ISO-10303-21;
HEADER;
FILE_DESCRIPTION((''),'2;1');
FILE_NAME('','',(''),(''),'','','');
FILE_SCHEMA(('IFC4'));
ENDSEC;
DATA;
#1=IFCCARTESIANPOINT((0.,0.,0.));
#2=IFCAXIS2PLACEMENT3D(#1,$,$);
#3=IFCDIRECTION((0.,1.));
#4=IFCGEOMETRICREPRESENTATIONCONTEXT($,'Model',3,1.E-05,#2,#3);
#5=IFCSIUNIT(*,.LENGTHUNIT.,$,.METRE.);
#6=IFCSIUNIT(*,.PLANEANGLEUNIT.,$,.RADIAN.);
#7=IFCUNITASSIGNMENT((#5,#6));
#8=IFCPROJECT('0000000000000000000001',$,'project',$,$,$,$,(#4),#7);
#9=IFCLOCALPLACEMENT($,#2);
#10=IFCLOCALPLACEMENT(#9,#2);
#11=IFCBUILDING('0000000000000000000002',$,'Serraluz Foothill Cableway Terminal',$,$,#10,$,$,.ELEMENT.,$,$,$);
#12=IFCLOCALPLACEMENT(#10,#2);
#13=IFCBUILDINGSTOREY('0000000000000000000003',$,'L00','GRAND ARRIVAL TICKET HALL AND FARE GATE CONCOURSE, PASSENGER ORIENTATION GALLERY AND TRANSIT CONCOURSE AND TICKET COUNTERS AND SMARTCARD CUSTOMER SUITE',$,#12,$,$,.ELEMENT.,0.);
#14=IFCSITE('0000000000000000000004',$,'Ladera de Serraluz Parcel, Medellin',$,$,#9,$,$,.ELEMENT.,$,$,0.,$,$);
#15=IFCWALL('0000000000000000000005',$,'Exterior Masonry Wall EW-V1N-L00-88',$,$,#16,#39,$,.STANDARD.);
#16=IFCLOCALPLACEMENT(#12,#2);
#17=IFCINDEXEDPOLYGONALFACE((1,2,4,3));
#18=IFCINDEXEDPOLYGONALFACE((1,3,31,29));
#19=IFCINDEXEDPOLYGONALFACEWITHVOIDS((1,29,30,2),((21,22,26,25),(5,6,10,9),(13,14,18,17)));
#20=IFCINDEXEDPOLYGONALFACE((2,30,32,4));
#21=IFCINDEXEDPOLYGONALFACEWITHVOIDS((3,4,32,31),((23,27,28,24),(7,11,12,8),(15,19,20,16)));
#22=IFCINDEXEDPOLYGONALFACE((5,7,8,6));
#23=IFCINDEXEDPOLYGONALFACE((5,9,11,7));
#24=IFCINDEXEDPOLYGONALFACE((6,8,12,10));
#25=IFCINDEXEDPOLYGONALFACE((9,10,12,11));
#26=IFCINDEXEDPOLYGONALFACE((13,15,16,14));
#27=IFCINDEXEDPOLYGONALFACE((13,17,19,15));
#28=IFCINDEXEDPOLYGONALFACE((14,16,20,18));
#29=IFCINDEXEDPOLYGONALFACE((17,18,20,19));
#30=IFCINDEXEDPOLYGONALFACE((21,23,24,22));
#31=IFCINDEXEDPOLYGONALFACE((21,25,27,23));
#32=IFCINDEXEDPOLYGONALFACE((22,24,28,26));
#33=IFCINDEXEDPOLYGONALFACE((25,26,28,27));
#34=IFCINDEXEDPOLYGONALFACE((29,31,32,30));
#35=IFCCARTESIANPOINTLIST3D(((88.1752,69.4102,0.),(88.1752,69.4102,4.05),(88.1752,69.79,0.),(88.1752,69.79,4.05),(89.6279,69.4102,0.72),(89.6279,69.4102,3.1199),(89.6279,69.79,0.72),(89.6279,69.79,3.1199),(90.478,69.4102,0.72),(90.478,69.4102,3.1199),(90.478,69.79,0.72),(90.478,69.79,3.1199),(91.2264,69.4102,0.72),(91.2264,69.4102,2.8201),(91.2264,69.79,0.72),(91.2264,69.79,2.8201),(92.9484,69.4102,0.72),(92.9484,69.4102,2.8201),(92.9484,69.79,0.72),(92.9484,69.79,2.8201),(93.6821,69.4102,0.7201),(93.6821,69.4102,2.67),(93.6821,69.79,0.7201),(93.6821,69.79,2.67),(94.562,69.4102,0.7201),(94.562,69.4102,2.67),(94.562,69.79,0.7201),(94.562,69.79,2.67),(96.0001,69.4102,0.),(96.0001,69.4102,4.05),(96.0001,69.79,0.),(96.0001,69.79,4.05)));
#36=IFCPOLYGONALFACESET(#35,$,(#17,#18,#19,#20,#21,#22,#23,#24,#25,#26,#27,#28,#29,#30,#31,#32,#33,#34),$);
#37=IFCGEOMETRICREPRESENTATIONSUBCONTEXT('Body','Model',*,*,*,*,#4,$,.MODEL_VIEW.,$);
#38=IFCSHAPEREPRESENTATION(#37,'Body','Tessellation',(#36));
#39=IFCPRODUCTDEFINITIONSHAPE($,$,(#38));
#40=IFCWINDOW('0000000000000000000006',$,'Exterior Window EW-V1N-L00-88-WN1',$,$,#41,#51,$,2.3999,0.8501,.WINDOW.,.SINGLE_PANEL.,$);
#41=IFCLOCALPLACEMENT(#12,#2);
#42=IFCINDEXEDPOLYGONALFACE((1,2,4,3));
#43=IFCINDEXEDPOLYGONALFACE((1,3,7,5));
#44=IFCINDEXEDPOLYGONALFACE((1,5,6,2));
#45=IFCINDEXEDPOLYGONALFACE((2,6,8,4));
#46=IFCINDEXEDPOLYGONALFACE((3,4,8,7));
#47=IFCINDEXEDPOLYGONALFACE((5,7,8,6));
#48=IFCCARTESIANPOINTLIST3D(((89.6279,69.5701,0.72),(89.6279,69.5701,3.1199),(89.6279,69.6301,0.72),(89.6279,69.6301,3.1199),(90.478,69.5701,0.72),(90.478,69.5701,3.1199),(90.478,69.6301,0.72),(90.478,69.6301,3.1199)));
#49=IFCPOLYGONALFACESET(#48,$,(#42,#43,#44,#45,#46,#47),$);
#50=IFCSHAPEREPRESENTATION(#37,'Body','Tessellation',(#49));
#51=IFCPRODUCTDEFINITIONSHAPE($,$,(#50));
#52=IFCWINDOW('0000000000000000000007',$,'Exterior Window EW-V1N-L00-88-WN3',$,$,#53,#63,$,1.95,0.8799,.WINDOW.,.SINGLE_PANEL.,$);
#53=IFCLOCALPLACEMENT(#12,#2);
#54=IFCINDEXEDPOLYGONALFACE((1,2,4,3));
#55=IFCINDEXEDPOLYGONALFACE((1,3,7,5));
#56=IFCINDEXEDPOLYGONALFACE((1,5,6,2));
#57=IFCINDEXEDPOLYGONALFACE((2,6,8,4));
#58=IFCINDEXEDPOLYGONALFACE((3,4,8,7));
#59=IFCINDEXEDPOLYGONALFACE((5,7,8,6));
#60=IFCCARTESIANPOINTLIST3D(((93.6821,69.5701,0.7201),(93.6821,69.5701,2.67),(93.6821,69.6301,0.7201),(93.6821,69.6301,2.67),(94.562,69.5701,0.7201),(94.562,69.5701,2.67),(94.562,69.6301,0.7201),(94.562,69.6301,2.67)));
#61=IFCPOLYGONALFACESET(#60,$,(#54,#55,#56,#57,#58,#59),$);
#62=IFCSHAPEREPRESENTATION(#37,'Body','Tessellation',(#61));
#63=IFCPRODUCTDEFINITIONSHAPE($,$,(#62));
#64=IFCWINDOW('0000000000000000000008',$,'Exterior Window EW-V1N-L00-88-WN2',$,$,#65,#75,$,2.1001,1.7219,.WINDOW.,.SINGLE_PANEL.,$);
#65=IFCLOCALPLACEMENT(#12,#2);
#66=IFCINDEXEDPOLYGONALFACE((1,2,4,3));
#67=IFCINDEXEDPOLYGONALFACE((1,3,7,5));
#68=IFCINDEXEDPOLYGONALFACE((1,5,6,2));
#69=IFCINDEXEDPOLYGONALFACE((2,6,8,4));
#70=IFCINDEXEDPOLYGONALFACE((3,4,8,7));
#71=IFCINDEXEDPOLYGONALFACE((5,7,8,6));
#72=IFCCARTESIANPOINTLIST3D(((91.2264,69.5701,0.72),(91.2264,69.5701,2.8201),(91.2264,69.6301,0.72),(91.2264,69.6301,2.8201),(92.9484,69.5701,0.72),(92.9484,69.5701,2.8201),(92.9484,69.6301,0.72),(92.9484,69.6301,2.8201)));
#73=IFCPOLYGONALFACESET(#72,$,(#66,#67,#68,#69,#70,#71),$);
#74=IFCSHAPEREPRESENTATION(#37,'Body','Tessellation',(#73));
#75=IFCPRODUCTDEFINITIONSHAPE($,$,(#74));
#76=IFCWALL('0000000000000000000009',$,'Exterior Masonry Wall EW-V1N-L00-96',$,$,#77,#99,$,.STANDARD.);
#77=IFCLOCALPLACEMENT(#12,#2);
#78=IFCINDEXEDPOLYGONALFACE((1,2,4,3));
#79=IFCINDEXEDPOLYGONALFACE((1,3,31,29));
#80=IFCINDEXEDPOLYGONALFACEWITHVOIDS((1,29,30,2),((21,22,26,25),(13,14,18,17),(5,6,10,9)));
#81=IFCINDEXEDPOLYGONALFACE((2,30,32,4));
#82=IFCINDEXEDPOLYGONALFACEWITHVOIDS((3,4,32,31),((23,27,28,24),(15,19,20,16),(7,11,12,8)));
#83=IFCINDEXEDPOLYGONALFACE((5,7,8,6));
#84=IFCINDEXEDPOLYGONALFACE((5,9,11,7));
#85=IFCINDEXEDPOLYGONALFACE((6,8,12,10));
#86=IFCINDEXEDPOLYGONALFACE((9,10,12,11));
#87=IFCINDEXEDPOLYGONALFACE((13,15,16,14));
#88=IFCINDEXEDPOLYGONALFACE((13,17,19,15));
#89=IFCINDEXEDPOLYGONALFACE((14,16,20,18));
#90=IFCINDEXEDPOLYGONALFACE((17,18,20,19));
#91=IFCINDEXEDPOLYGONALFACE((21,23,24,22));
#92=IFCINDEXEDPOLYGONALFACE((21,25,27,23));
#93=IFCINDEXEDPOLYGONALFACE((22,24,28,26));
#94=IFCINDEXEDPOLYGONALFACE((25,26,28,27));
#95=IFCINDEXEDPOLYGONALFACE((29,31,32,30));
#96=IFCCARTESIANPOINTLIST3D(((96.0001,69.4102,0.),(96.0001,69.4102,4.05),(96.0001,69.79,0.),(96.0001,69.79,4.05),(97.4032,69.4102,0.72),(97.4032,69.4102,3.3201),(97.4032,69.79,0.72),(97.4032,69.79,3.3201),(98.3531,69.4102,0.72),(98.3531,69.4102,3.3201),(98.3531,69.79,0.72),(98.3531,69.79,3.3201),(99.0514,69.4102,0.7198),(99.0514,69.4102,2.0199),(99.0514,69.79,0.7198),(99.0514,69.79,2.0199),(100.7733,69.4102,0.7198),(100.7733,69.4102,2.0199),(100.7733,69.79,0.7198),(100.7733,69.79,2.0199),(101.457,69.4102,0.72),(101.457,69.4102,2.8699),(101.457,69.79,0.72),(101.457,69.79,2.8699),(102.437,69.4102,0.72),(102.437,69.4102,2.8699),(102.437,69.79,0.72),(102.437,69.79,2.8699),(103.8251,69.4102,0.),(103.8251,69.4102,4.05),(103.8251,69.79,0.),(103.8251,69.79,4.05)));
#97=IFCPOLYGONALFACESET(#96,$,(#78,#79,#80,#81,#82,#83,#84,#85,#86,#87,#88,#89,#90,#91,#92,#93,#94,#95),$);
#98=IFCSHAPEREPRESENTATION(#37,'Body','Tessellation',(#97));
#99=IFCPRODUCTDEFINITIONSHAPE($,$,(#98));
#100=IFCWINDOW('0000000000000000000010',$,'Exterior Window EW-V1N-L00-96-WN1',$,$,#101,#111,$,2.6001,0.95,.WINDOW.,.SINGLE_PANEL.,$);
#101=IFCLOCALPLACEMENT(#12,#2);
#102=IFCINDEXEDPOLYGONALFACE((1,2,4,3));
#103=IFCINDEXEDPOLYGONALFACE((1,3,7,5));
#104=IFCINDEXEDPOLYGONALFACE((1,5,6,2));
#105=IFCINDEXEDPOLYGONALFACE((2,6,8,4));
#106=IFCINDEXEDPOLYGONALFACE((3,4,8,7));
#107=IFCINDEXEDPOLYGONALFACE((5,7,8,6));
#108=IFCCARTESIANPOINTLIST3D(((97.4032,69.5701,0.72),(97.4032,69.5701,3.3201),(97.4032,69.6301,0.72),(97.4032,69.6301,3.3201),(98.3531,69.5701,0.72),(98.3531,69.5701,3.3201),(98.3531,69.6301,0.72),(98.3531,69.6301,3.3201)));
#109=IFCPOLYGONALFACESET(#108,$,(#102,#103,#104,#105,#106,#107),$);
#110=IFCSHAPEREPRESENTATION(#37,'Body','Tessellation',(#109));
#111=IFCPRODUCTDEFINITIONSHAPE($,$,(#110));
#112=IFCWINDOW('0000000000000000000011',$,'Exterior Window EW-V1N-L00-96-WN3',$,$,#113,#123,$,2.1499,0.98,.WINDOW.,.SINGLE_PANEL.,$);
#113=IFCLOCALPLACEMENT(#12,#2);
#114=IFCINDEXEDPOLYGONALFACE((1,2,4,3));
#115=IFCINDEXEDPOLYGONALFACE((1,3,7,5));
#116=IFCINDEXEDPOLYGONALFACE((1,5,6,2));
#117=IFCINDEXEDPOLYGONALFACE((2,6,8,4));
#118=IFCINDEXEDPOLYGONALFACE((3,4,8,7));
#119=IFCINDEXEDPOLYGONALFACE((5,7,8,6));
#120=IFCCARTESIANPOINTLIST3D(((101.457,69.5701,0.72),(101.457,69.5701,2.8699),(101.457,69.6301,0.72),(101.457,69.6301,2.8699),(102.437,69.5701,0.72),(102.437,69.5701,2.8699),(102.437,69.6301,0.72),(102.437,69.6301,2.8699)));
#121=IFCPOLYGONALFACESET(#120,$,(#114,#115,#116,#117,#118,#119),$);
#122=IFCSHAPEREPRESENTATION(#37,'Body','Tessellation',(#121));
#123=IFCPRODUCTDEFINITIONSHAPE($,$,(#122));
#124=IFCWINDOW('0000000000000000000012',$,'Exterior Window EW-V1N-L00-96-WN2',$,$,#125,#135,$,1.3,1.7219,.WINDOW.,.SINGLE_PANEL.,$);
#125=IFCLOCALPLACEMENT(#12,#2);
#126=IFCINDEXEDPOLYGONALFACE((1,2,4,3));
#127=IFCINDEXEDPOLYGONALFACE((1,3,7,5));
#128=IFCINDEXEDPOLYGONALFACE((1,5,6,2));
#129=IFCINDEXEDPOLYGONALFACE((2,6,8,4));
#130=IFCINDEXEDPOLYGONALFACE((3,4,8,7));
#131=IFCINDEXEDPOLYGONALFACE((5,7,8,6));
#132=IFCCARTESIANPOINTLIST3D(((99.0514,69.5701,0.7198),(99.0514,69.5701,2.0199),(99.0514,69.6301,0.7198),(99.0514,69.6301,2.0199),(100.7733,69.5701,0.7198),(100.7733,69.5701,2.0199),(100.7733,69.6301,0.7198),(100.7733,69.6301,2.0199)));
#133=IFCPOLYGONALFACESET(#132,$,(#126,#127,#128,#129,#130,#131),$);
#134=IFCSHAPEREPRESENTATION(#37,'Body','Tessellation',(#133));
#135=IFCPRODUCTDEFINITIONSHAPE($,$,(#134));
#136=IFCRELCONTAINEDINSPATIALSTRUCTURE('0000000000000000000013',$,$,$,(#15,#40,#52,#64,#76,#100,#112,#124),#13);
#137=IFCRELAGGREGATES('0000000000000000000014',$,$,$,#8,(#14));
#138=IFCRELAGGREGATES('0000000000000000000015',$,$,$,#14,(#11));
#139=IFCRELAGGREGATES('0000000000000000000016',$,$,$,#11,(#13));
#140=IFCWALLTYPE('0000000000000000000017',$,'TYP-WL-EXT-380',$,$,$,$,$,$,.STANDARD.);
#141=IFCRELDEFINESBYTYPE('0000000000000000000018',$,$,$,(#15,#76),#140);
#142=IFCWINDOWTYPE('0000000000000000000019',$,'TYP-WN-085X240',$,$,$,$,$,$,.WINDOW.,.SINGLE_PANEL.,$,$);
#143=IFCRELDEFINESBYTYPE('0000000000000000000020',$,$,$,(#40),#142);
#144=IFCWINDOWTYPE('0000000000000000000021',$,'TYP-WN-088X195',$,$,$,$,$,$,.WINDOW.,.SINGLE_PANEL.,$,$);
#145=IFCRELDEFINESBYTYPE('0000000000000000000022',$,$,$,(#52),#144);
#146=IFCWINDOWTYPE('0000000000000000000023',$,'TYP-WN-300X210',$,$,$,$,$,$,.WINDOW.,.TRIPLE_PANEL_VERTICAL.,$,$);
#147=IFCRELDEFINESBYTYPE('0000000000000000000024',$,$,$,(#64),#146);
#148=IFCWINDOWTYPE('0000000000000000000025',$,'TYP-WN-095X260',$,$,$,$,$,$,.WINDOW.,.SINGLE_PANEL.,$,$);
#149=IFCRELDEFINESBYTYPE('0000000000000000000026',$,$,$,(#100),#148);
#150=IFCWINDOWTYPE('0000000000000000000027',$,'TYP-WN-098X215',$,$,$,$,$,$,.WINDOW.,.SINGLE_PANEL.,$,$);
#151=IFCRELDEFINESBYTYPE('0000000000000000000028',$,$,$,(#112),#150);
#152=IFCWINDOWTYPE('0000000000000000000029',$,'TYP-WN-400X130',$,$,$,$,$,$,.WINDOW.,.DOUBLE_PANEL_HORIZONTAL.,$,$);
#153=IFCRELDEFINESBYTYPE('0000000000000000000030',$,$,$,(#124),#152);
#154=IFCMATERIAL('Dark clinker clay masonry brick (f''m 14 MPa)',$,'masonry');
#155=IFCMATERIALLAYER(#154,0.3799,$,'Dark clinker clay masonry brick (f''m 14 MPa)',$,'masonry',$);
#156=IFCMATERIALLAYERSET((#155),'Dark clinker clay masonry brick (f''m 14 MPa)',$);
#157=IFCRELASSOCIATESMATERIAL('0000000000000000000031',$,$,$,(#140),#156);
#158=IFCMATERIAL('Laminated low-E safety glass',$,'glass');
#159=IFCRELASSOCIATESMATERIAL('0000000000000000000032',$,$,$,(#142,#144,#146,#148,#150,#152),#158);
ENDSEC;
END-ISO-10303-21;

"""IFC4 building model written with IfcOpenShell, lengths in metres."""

from ifc_helpers import new_model, si_unit, direction, frame, frame_2d, origin, place, context, subcontext, project, spatial, rectangle, extrude, material, layer, layer_set, type_object, element, fill, save


model = new_model("IFC4")

# Units and contexts
model_context = context("Model", 3, precision=1e-05, world=origin(), true_north=direction((0.0, 1.0)))
body_context = subcontext(model_context, "Body", "Model", "MODEL_VIEW")
ifc_project = project(units=[si_unit("LENGTHUNIT", "METRE"), si_unit("PLANEANGLEUNIT", "RADIAN")], contexts=[model_context])

# Site, building, storey
site_placement = place(None, origin())
site = spatial("IfcSite", under=ifc_project, at=site_placement, Name="Ladera de Serraluz Parcel, Medellin", CompositionType="ELEMENT", RefElevation=0.0)
building_placement = place(site_placement, origin())
building = spatial("IfcBuilding", under=site, at=building_placement, Name="Serraluz Foothill Cableway Terminal", CompositionType="ELEMENT")
storey_placement = place(building_placement, origin())
storey = spatial("IfcBuildingStorey", under=building, at=storey_placement, Name="L00", Description="GRAND ARRIVAL TICKET HALL AND FARE GATE CONCOURSE, PASSENGER ORIENTATION GALLERY AND TRANSIT CONCOURSE AND TICKET COUNTERS AND SMARTCARD CUSTOMER SUITE", CompositionType="ELEMENT", Elevation=0.0)

# Walls, openings, windows
ifc_material_1 = material(Name="Dark clinker clay masonry brick (f'm 14 MPa)", Category="masonry")
ifc_layer_1 = layer(ifc_material_1, 0.3799, Name="Dark clinker clay masonry brick (f'm 14 MPa)", Category="masonry")
ifc_layer_set_1 = layer_set([ifc_layer_1], Name="Dark clinker clay masonry brick (f'm 14 MPa)")
wall_type_1 = type_object("IfcWallType", Name="TYP-WL-EXT-380", PredefinedType="STANDARD", material=ifc_layer_set_1)
wall_1_placement = place(storey_placement, frame((88.175, 69.6001, 0.0), z_axis=(0.0, 0.0, 1.0), x_axis=(1.0, 0.0, 0.0)))
wall_1 = element("IfcWall", 1, at=wall_1_placement, inside=storey, type_object=wall_type_1, Name="Exterior Masonry Wall EW-V1N-L00-88", PredefinedType="STANDARD", context=body_context, shape_type="SweptSolid", body=[
    extrude(rectangle(XDim=7.825, YDim=0.3799, at=frame_2d((3.9126, 0.0))), origin(), (0.0, 0.0, 1.0), 4.05),
])
opening_1_placement = place(wall_1_placement, frame((1.4529, 0.0, 0.72)))
opening_1 = element("IfcOpeningElement", 2, at=opening_1_placement, cuts=wall_1, PredefinedType="OPENING", context=body_context, shape_type="SweptSolid", body=[
    extrude(rectangle(XDim=0.8501, YDim=2.3999, at=frame_2d((0.425, 1.2))), frame((0.0, 0.2, 0.0), z_axis=(0.0, -1.0, 0.0), x_axis=(1.0, 0.0, 0.0)), (0.0, 0.0, 1.0), 0.3999),
])
opening_2_placement = place(wall_1_placement, frame((3.0515, 0.0, 0.72)))
opening_2 = element("IfcOpeningElement", 3, at=opening_2_placement, cuts=wall_1, PredefinedType="OPENING", context=body_context, shape_type="SweptSolid", body=[
    extrude(rectangle(XDim=1.7219, YDim=2.1001, at=frame_2d((0.8608, 1.05))), frame((0.0, 0.2, 0.0), z_axis=(0.0, -1.0, 0.0), x_axis=(1.0, 0.0, 0.0)), (0.0, 0.0, 1.0), 0.3999),
])
opening_3_placement = place(wall_1_placement, frame((5.5071, 0.0, 0.72)))
opening_3 = element("IfcOpeningElement", 4, at=opening_3_placement, cuts=wall_1, PredefinedType="OPENING", context=body_context, shape_type="SweptSolid", body=[
    extrude(rectangle(XDim=0.8799, YDim=1.95, at=frame_2d((0.4399, 0.9751))), frame((0.0, 0.2, 0.0), z_axis=(0.0, -1.0, 0.0), x_axis=(1.0, 0.0, 0.0)), (0.0, 0.0, 1.0), 0.3999),
])
ifc_material_2 = material(Name="Laminated low-E safety glass", Category="glass")
window_type_1 = type_object("IfcWindowType", Name="TYP-WN-085X240", PartitioningType="SINGLE_PANEL", PredefinedType="WINDOW", material=ifc_material_2)
window_1_placement = place(opening_1_placement, origin())
window_1 = element("IfcWindow", 5, at=window_1_placement, inside=storey, type_object=window_type_1, Name="Exterior Window EW-V1N-L00-88-WN1", OverallHeight=2.3999, OverallWidth=0.8501, PartitioningType="SINGLE_PANEL", PredefinedType="WINDOW", context=body_context, shape_type="SweptSolid", body=[
    extrude(rectangle(XDim=0.8501, YDim=2.3999, at=frame_2d((0.425, 1.2))), frame((0.0, 0.03, 0.0), z_axis=(0.0, -1.0, 0.0), x_axis=(1.0, 0.0, 0.0)), (0.0, 0.0, 1.0), 0.0601),
])
fill(opening_1, window_1)
window_type_2 = type_object("IfcWindowType", Name="TYP-WN-088X195", PartitioningType="SINGLE_PANEL", PredefinedType="WINDOW", material=ifc_material_2)
window_2_placement = place(opening_3_placement, origin())
window_2 = element("IfcWindow", 6, at=window_2_placement, inside=storey, type_object=window_type_2, Name="Exterior Window EW-V1N-L00-88-WN3", OverallHeight=1.95, OverallWidth=0.8799, PartitioningType="SINGLE_PANEL", PredefinedType="WINDOW", context=body_context, shape_type="SweptSolid", body=[
    extrude(rectangle(XDim=0.8799, YDim=1.95, at=frame_2d((0.4399, 0.9751))), frame((0.0, 0.03, 0.0), z_axis=(0.0, -1.0, 0.0), x_axis=(1.0, 0.0, 0.0)), (0.0, 0.0, 1.0), 0.0601),
])
fill(opening_3, window_2)
window_type_3 = type_object("IfcWindowType", Name="TYP-WN-300X210", PartitioningType="TRIPLE_PANEL_VERTICAL", PredefinedType="WINDOW", material=ifc_material_2)
window_3_placement = place(opening_2_placement, origin())
window_3 = element("IfcWindow", 7, at=window_3_placement, inside=storey, type_object=window_type_3, Name="Exterior Window EW-V1N-L00-88-WN2", OverallHeight=2.1001, OverallWidth=1.7219, PartitioningType="SINGLE_PANEL", PredefinedType="WINDOW", context=body_context, shape_type="SweptSolid", body=[
    extrude(rectangle(XDim=1.7219, YDim=2.1001, at=frame_2d((0.8608, 1.05))), frame((0.0, 0.03, 0.0), z_axis=(0.0, -1.0, 0.0), x_axis=(1.0, 0.0, 0.0)), (0.0, 0.0, 1.0), 0.0601),
])
fill(opening_2, window_3)
wall_2_placement = place(storey_placement, frame((96.0, 69.6001, 0.0), z_axis=(0.0, 0.0, 1.0), x_axis=(1.0, 0.0, 0.0)))
wall_2 = element("IfcWall", 8, at=wall_2_placement, inside=storey, type_object=wall_type_1, Name="Exterior Masonry Wall EW-V1N-L00-96", PredefinedType="STANDARD", context=body_context, shape_type="SweptSolid", body=[
    extrude(rectangle(XDim=7.825, YDim=0.3799, at=frame_2d((3.9126, 0.0))), origin(), (0.0, 0.0, 1.0), 4.05),
])
opening_4_placement = place(wall_2_placement, frame((1.4031, 0.0, 0.72)))
opening_4 = element("IfcOpeningElement", 9, at=opening_4_placement, cuts=wall_2, PredefinedType="OPENING", context=body_context, shape_type="SweptSolid", body=[
    extrude(rectangle(XDim=0.95, YDim=2.6001, at=frame_2d((0.4751, 1.3))), frame((0.0, 0.2, 0.0), z_axis=(0.0, -1.0, 0.0), x_axis=(1.0, 0.0, 0.0)), (0.0, 0.0, 1.0), 0.3999),
])
opening_5_placement = place(wall_2_placement, frame((3.0515, 0.0, 0.72)))
opening_5 = element("IfcOpeningElement", 10, at=opening_5_placement, cuts=wall_2, PredefinedType="OPENING", context=body_context, shape_type="SweptSolid", body=[
    extrude(rectangle(XDim=1.7219, YDim=1.3, at=frame_2d((0.8608, 0.6499))), frame((0.0, 0.2, 0.0), z_axis=(0.0, -1.0, 0.0), x_axis=(1.0, 0.0, 0.0)), (0.0, 0.0, 1.0), 0.3999),
])
opening_6_placement = place(wall_2_placement, frame((5.457, 0.0, 0.72)))
opening_6 = element("IfcOpeningElement", 11, at=opening_6_placement, cuts=wall_2, PredefinedType="OPENING", context=body_context, shape_type="SweptSolid", body=[
    extrude(rectangle(XDim=0.98, YDim=2.1499, at=frame_2d((0.49, 1.075))), frame((0.0, 0.2, 0.0), z_axis=(0.0, -1.0, 0.0), x_axis=(1.0, 0.0, 0.0)), (0.0, 0.0, 1.0), 0.3999),
])
window_type_4 = type_object("IfcWindowType", Name="TYP-WN-095X260", PartitioningType="SINGLE_PANEL", PredefinedType="WINDOW", material=ifc_material_2)
window_4_placement = place(opening_4_placement, origin())
window_4 = element("IfcWindow", 12, at=window_4_placement, inside=storey, type_object=window_type_4, Name="Exterior Window EW-V1N-L00-96-WN1", OverallHeight=2.6001, OverallWidth=0.95, PartitioningType="SINGLE_PANEL", PredefinedType="WINDOW", context=body_context, shape_type="SweptSolid", body=[
    extrude(rectangle(XDim=0.95, YDim=2.6001, at=frame_2d((0.4751, 1.3))), frame((0.0, 0.03, 0.0), z_axis=(0.0, -1.0, 0.0), x_axis=(1.0, 0.0, 0.0)), (0.0, 0.0, 1.0), 0.0601),
])
fill(opening_4, window_4)
window_type_5 = type_object("IfcWindowType", Name="TYP-WN-098X215", PartitioningType="SINGLE_PANEL", PredefinedType="WINDOW", material=ifc_material_2)
window_5_placement = place(opening_6_placement, origin())
window_5 = element("IfcWindow", 13, at=window_5_placement, inside=storey, type_object=window_type_5, Name="Exterior Window EW-V1N-L00-96-WN3", OverallHeight=2.1499, OverallWidth=0.98, PartitioningType="SINGLE_PANEL", PredefinedType="WINDOW", context=body_context, shape_type="SweptSolid", body=[
    extrude(rectangle(XDim=0.98, YDim=2.1499, at=frame_2d((0.49, 1.075))), frame((0.0, 0.03, 0.0), z_axis=(0.0, -1.0, 0.0), x_axis=(1.0, 0.0, 0.0)), (0.0, 0.0, 1.0), 0.0601),
])
fill(opening_6, window_5)
window_type_6 = type_object("IfcWindowType", Name="TYP-WN-400X130", PartitioningType="DOUBLE_PANEL_HORIZONTAL", PredefinedType="WINDOW", material=ifc_material_2)
window_6_placement = place(opening_5_placement, origin())
window_6 = element("IfcWindow", 14, at=window_6_placement, inside=storey, type_object=window_type_6, Name="Exterior Window EW-V1N-L00-96-WN2", OverallHeight=1.3, OverallWidth=1.7219, PartitioningType="SINGLE_PANEL", PredefinedType="WINDOW", context=body_context, shape_type="SweptSolid", body=[
    extrude(rectangle(XDim=1.7219, YDim=1.3, at=frame_2d((0.8608, 0.6499))), frame((0.0, 0.03, 0.0), z_axis=(0.0, -1.0, 0.0), x_axis=(1.0, 0.0, 0.0)), (0.0, 0.0, 1.0), 0.0601),
])
fill(opening_5, window_6)

save(model, "model.ifc")
